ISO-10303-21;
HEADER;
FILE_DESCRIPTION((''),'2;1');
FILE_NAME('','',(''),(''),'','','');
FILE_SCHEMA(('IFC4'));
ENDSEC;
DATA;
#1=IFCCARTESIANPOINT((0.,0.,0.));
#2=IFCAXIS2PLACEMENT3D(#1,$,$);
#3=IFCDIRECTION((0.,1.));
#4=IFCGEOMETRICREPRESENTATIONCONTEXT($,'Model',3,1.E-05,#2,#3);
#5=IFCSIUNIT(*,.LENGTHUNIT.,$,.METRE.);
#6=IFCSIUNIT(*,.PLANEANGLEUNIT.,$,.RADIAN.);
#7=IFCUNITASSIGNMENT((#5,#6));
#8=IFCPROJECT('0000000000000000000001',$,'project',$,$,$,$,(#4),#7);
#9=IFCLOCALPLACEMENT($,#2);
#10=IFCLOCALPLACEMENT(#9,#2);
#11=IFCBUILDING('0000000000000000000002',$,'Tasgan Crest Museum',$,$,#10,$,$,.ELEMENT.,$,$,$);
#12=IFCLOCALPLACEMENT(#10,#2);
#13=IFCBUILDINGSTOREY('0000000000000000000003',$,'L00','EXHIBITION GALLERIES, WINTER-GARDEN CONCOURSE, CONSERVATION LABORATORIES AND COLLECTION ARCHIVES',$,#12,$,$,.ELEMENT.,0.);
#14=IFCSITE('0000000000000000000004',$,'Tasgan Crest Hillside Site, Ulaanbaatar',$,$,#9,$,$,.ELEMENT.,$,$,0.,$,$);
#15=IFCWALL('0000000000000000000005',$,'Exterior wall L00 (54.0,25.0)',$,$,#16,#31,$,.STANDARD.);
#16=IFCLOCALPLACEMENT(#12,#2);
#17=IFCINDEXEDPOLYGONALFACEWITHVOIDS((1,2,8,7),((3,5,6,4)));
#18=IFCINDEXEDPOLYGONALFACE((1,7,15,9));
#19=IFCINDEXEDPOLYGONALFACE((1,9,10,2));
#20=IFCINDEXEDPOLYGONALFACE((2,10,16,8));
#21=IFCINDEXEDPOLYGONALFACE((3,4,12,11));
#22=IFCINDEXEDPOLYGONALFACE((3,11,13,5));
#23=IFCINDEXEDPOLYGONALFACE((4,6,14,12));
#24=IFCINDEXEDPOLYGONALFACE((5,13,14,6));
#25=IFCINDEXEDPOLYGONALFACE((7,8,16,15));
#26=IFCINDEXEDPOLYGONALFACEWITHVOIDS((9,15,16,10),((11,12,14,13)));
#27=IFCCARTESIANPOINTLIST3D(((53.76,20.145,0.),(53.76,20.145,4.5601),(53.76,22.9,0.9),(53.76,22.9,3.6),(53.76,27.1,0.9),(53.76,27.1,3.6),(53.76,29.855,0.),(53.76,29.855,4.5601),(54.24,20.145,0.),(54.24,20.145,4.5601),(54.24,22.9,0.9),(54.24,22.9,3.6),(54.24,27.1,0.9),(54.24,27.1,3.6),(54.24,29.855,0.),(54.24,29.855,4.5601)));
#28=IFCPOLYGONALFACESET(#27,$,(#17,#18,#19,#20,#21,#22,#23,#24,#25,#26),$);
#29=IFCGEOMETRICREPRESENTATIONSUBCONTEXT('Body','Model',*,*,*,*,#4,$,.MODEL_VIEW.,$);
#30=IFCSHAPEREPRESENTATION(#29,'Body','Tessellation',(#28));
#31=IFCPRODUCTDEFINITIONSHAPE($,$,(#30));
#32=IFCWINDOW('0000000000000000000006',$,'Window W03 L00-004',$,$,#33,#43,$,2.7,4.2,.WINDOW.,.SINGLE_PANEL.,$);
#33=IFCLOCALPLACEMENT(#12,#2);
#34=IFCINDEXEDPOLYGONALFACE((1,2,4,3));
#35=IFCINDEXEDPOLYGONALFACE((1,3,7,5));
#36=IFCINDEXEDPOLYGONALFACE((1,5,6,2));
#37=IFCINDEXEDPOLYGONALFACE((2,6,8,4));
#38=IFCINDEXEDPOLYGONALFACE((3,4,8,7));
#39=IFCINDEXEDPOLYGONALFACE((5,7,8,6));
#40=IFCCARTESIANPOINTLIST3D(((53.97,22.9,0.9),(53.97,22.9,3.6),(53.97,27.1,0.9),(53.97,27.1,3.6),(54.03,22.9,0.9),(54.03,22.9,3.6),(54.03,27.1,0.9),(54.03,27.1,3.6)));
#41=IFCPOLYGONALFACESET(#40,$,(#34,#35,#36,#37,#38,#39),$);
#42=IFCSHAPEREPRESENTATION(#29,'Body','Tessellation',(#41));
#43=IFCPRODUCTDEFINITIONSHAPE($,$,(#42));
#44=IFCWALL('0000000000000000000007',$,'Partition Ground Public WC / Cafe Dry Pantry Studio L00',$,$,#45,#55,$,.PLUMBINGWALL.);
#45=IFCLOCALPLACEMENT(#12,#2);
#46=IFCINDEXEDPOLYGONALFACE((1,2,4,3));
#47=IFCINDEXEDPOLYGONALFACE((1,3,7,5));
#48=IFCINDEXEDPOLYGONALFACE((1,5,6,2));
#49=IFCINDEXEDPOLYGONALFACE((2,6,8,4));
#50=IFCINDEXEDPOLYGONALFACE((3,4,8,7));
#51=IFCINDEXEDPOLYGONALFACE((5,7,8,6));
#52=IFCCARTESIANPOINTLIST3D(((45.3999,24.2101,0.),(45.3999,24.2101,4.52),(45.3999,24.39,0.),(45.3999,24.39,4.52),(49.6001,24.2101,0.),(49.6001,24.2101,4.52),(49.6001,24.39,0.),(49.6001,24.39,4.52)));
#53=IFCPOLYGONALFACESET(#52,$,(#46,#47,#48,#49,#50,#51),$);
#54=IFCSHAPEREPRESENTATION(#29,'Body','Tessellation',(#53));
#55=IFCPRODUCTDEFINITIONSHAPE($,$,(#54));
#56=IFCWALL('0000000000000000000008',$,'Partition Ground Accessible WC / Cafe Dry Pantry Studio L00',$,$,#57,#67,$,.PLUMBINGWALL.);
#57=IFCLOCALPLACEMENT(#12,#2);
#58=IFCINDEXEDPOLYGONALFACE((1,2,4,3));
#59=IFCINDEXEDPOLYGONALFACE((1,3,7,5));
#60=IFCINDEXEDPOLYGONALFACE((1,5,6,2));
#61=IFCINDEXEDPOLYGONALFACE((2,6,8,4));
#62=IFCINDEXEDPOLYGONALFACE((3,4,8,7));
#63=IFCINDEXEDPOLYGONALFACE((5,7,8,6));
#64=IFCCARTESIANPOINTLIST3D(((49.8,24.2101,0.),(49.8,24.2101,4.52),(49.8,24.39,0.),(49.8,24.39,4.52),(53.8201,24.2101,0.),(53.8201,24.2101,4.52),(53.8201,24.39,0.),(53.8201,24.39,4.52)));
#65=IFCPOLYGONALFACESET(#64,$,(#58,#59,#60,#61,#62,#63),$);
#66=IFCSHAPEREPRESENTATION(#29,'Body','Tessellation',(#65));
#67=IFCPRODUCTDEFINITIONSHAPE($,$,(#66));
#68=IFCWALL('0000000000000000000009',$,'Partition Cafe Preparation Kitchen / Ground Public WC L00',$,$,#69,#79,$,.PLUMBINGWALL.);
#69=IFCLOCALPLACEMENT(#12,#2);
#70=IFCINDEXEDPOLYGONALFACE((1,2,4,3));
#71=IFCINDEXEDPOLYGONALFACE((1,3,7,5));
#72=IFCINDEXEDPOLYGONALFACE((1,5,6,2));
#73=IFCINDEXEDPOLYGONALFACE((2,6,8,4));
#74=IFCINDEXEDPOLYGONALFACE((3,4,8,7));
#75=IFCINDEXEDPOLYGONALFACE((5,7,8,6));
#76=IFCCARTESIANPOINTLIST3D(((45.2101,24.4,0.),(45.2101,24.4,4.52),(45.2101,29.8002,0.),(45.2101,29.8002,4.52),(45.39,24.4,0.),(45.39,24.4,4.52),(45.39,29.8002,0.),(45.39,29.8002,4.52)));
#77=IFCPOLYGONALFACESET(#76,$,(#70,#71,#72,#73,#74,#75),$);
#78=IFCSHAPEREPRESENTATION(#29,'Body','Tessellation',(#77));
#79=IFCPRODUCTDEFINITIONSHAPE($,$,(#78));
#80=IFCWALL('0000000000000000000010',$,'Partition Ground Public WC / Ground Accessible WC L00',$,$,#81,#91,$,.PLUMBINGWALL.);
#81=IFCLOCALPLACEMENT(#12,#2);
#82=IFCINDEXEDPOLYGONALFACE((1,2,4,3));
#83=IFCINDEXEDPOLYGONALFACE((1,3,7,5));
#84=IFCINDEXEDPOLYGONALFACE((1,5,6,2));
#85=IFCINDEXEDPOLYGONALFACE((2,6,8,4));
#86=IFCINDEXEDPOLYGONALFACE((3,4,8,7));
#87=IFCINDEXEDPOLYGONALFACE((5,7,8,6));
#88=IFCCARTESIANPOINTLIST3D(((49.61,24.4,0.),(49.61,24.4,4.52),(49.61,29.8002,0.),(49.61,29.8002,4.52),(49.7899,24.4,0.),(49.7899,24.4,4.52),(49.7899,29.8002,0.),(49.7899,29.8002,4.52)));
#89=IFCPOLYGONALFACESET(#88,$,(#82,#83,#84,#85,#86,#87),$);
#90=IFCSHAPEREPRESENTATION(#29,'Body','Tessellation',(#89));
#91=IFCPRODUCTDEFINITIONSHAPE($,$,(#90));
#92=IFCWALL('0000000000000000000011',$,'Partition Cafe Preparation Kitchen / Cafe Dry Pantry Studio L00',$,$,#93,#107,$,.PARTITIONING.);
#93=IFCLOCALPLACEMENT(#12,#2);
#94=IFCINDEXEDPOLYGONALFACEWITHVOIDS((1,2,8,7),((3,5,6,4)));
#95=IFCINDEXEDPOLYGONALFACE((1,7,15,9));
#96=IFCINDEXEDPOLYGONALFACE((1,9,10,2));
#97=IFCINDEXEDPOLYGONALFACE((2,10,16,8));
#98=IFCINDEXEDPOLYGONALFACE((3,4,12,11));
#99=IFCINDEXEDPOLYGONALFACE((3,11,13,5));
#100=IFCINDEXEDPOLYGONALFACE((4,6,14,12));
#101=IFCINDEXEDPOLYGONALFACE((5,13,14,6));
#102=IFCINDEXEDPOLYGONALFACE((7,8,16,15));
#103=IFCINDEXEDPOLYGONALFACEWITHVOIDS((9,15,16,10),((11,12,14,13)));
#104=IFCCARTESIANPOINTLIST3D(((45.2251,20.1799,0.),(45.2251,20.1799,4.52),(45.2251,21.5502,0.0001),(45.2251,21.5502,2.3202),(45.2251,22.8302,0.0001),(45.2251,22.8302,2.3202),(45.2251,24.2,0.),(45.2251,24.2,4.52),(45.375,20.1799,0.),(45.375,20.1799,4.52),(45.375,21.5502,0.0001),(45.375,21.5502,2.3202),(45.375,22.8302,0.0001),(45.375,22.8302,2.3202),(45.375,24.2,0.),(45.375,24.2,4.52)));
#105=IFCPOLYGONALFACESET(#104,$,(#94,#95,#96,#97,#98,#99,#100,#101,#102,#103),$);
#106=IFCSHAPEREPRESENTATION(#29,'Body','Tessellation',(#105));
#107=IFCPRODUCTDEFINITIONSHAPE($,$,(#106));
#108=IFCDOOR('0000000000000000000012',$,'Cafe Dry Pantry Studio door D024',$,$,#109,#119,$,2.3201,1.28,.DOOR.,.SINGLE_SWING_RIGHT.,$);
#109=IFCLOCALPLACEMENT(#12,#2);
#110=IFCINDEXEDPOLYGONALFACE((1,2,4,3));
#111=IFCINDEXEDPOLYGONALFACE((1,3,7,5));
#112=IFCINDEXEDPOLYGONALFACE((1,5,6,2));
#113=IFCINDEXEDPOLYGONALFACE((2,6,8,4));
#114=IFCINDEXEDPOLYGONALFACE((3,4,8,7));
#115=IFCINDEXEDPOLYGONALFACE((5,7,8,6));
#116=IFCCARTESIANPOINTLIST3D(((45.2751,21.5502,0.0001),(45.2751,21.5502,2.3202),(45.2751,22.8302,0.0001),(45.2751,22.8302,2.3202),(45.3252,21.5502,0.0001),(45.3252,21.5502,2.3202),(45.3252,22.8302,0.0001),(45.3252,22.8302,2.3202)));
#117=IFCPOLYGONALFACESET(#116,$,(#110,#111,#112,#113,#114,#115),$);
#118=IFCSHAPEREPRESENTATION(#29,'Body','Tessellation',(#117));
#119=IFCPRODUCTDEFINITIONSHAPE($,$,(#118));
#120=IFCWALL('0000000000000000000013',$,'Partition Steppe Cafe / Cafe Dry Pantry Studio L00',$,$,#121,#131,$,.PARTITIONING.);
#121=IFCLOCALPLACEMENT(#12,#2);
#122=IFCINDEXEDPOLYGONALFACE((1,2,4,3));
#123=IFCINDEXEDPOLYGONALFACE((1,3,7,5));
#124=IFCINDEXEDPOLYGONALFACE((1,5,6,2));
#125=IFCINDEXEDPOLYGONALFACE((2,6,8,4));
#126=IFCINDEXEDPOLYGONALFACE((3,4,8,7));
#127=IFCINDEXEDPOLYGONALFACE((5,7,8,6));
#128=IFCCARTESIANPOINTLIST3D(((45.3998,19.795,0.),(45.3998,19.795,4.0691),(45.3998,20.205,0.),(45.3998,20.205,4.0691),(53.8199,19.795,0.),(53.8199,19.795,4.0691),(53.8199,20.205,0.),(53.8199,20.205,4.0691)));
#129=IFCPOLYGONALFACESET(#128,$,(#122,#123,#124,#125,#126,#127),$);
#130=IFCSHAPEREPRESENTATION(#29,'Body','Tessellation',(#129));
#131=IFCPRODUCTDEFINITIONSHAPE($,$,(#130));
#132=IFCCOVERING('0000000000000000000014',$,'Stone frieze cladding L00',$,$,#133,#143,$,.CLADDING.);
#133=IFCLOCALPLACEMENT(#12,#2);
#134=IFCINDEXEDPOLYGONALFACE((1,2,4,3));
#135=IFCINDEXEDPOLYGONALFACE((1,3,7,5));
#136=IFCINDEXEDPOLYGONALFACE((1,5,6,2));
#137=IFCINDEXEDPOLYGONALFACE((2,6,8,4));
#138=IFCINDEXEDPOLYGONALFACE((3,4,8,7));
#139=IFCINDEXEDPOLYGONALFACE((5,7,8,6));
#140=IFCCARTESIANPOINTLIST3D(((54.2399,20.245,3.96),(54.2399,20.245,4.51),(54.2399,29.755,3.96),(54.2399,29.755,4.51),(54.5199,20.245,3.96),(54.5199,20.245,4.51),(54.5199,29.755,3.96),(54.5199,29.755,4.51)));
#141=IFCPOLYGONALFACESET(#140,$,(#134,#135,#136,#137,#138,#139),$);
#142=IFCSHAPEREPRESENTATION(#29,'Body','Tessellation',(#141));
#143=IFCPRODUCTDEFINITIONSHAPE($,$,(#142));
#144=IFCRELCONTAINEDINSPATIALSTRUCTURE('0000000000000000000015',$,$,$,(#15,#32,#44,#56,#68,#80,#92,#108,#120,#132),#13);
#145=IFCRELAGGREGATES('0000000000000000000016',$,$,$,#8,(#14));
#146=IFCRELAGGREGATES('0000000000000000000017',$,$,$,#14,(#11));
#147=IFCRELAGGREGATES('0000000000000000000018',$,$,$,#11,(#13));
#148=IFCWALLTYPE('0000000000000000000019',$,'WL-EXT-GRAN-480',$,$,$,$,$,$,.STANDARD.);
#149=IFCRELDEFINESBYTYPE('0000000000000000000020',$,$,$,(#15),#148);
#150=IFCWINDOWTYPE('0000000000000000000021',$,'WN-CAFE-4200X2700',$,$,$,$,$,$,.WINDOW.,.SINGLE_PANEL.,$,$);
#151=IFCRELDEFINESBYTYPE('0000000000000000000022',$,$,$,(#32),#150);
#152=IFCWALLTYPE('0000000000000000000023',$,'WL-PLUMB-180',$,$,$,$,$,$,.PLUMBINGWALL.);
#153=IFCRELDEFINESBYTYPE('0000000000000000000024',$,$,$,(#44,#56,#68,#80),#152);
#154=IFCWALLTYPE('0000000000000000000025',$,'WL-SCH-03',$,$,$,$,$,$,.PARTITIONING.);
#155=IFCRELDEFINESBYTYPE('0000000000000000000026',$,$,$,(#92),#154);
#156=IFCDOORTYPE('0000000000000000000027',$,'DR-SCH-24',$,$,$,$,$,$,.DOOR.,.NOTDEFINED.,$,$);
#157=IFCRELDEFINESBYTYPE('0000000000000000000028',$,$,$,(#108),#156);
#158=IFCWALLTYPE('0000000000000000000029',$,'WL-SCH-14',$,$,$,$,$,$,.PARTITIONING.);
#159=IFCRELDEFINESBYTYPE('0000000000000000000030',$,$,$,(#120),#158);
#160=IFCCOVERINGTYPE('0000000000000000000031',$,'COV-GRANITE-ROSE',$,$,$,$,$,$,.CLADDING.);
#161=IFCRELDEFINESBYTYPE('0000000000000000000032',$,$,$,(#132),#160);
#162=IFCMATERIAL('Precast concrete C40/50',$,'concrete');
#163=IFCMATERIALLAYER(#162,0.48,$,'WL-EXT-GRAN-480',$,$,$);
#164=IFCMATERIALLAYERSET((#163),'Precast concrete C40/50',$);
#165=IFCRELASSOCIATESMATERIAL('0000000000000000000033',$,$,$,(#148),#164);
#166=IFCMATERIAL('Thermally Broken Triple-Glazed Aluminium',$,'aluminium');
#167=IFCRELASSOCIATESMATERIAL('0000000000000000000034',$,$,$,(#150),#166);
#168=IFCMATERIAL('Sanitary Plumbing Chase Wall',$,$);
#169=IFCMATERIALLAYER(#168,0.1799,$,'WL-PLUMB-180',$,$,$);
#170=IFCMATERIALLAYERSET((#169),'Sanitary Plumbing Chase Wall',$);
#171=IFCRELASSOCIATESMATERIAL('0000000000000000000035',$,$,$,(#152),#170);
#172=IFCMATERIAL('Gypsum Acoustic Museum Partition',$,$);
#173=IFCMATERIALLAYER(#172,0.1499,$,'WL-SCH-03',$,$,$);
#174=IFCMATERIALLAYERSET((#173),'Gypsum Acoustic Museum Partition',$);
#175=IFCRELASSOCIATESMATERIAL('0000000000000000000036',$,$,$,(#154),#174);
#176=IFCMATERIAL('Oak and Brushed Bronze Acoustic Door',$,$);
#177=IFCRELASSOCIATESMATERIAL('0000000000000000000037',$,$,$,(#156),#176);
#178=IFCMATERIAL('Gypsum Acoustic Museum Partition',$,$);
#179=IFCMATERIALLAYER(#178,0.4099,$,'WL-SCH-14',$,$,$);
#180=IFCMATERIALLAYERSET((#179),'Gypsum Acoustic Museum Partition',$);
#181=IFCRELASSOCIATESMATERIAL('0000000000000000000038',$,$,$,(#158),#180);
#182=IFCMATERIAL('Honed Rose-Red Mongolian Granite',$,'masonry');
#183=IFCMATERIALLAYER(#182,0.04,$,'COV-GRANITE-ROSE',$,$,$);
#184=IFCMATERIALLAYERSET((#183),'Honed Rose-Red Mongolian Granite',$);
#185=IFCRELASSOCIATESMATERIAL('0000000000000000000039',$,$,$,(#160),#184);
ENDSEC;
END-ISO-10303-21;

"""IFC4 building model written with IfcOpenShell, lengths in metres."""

from ifc_helpers import new_model, si_unit, direction, frame, frame_2d, origin, origin_2d, place, context, subcontext, project, spatial, rectangle, extrude, material, layer, layer_set, type_object, element, fill, save


model = new_model("IFC4")

# Units and contexts
model_context = context("Model", 3, precision=1e-05, world=origin(), true_north=direction((0.0, 1.0)))
body_context = subcontext(model_context, "Body", "Model", "MODEL_VIEW")
ifc_project = project(units=[si_unit("LENGTHUNIT", "METRE"), si_unit("PLANEANGLEUNIT", "RADIAN")], contexts=[model_context])

# Site, building, storey
site_placement = place(None, origin())
site = spatial("IfcSite", under=ifc_project, at=site_placement, Name="Tasgan Crest Hillside Site, Ulaanbaatar", CompositionType="ELEMENT", RefElevation=0.0)
building_placement = place(site_placement, origin())
building = spatial("IfcBuilding", under=site, at=building_placement, Name="Tasgan Crest Museum", CompositionType="ELEMENT")
storey_placement = place(building_placement, origin())
storey = spatial("IfcBuildingStorey", under=building, at=storey_placement, Name="L00", Description="EXHIBITION GALLERIES, WINTER-GARDEN CONCOURSE, CONSERVATION LABORATORIES AND COLLECTION ARCHIVES", CompositionType="ELEMENT", Elevation=0.0)

# Wall, opening, window
ifc_material_1 = material(Name="Precast concrete C40/50", Category="concrete")
ifc_layer_1 = layer(ifc_material_1, 0.48, Name="WL-EXT-GRAN-480")
ifc_layer_set_1 = layer_set([ifc_layer_1], Name="Precast concrete C40/50")
wall_type_1 = type_object("IfcWallType", Name="WL-EXT-GRAN-480", PredefinedType="STANDARD", material=ifc_layer_set_1)
wall_1_placement = place(storey_placement, frame((54.0, 20.145, 0.0), z_axis=(0.0, 0.0, 1.0), x_axis=(0.0, 1.0, 0.0)))
wall_1 = element("IfcWall", 1, at=wall_1_placement, inside=storey, type_object=wall_type_1, Name="Exterior wall L00 (54.0,25.0)", PredefinedType="STANDARD", context=body_context, shape_type="SweptSolid", body=[
    extrude(rectangle(XDim=9.71, YDim=0.48, at=frame_2d((4.855, 0.0))), origin(), (0.0, 0.0, 1.0), 4.5601),
])
opening_1_placement = place(wall_1_placement, frame((2.7549, 0.0, 0.8999)))
opening_1 = element("IfcOpeningElement", 2, at=opening_1_placement, cuts=wall_1, PredefinedType="OPENING", context=body_context, shape_type="SweptSolid", body=[
    extrude(rectangle(XDim=4.2, YDim=2.7, at=frame_2d((2.1001, 1.3501))), frame((0.0, 0.25, 0.0), z_axis=(0.0, -1.0, 0.0), x_axis=(1.0, 0.0, 0.0)), (0.0, 0.0, 1.0), 0.5),
])
ifc_material_2 = material(Name="Thermally Broken Triple-Glazed Aluminium", Category="aluminium")
window_type = type_object("IfcWindowType", Name="WN-CAFE-4200X2700", PartitioningType="SINGLE_PANEL", PredefinedType="WINDOW", material=ifc_material_2)
window_placement = place(opening_1_placement, origin())
window = element("IfcWindow", 3, at=window_placement, inside=storey, type_object=window_type, Name="Window W03 L00-004", OverallHeight=2.7, OverallWidth=4.2, PartitioningType="SINGLE_PANEL", PredefinedType="WINDOW", context=body_context, shape_type="SweptSolid", body=[
    extrude(rectangle(XDim=4.2, YDim=2.7, at=frame_2d((2.1001, 1.3501))), frame((0.0, 0.03, 0.0), z_axis=(0.0, -1.0, 0.0), x_axis=(1.0, 0.0, 0.0)), (0.0, 0.0, 1.0), 0.0601),
])
fill(opening_1, window)

# Walls
ifc_material_3 = material(Name="Sanitary Plumbing Chase Wall")
ifc_layer_2 = layer(ifc_material_3, 0.1799, Name="WL-PLUMB-180")
ifc_layer_set_2 = layer_set([ifc_layer_2], Name="Sanitary Plumbing Chase Wall")
wall_type_2 = type_object("IfcWallType", Name="WL-PLUMB-180", PredefinedType="PLUMBINGWALL", material=ifc_layer_set_2)
wall_2_placement = place(storey_placement, frame((45.3999, 24.3, 0.0), z_axis=(0.0, 0.0, 1.0), x_axis=(1.0, 0.0, 0.0)))
element("IfcWall", 4, at=wall_2_placement, inside=storey, type_object=wall_type_2, Name="Partition Ground Public WC / Cafe Dry Pantry Studio L00", PredefinedType="PLUMBINGWALL", context=body_context, shape_type="SweptSolid", body=[
    extrude(rectangle(XDim=4.2002, YDim=0.1799, at=frame_2d((2.1001, 0.0))), origin(), (0.0, 0.0, 1.0), 4.52),
])
wall_3_placement = place(storey_placement, frame((49.8, 24.3, 0.0), z_axis=(0.0, 0.0, 1.0), x_axis=(1.0, 0.0, 0.0)))
element("IfcWall", 5, at=wall_3_placement, inside=storey, type_object=wall_type_2, Name="Partition Ground Accessible WC / Cafe Dry Pantry Studio L00", PredefinedType="PLUMBINGWALL", context=body_context, shape_type="SweptSolid", body=[
    extrude(rectangle(XDim=4.02, YDim=0.1799, at=frame_2d((2.01, 0.0))), origin(), (0.0, 0.0, 1.0), 4.52),
])
for number, where, z_axis, x_axis, name in (
    (6, (45.3, 24.3999, 0.0), (0.0, 0.0, 1.0), (0.0, 1.0, 0.0), "Partition Cafe Preparation Kitchen / Ground Public WC L00"),
    (7, (49.7, 24.3999, 0.0), (0.0, 0.0, 1.0), (0.0, 1.0, 0.0), "Partition Ground Public WC / Ground Accessible WC L00"),
):
    element("IfcWall", number, at=place(storey_placement, frame(where, z_axis=z_axis, x_axis=x_axis)), inside=storey, type_object=wall_type_2, Name=name, PredefinedType="PLUMBINGWALL", context=body_context, shape_type="SweptSolid", body=[
        extrude(rectangle(XDim=5.4001, YDim=0.1799, at=frame_2d((2.7002, 0.0))), origin(), (0.0, 0.0, 1.0), 4.52),
    ])

# Wall, opening, door
ifc_material_4 = material(Name="Gypsum Acoustic Museum Partition")
ifc_layer_3 = layer(ifc_material_4, 0.1499, Name="WL-SCH-03")
ifc_layer_set_3 = layer_set([ifc_layer_3], Name="Gypsum Acoustic Museum Partition")
wall_type_3 = type_object("IfcWallType", Name="WL-SCH-03", PredefinedType="PARTITIONING", material=ifc_layer_set_3)
wall_4_placement = place(storey_placement, frame((45.3, 20.1799, 0.0), z_axis=(0.0, 0.0, 1.0), x_axis=(0.0, 1.0, 0.0)))
wall_4 = element("IfcWall", 8, at=wall_4_placement, inside=storey, type_object=wall_type_3, Name="Partition Cafe Preparation Kitchen / Cafe Dry Pantry Studio L00", PredefinedType="PARTITIONING", context=body_context, shape_type="SweptSolid", body=[
    extrude(rectangle(XDim=4.02, YDim=0.1499, at=frame_2d((2.01, 0.0))), origin(), (0.0, 0.0, 1.0), 4.52),
])
opening_2_placement = place(wall_4_placement, frame((1.3701, 0.0, 0.0)))
opening_2 = element("IfcOpeningElement", 9, at=opening_2_placement, cuts=wall_4, PredefinedType="OPENING", context=body_context, shape_type="SweptSolid", body=[
    extrude(rectangle(XDim=1.28, YDim=2.3201, at=frame_2d((0.6401, 1.1602))), frame((0.0, 0.085, 0.0), z_axis=(0.0, -1.0, 0.0), x_axis=(1.0, 0.0, 0.0)), (0.0, 0.0, 1.0), 0.1699),
])
ifc_material_5 = material(Name="Oak and Brushed Bronze Acoustic Door")
door_type = type_object("IfcDoorType", Name="DR-SCH-24", OperationType="NOTDEFINED", PredefinedType="DOOR", material=ifc_material_5)
door_placement = place(opening_2_placement, origin())
door = element("IfcDoor", 10, at=door_placement, inside=storey, type_object=door_type, Name="Cafe Dry Pantry Studio door D024", OperationType="SINGLE_SWING_RIGHT", OverallHeight=2.3201, OverallWidth=1.28, PredefinedType="DOOR", context=body_context, shape_type="SweptSolid", body=[
    extrude(rectangle(XDim=1.28, YDim=2.3201, at=frame_2d((0.6401, 1.1602))), frame((0.0, 0.0249, 0.0), z_axis=(0.0, -1.0, 0.0), x_axis=(1.0, 0.0, 0.0)), (0.0, 0.0, 1.0), 0.05),
])
fill(opening_2, door)

# Wall
ifc_material_6 = material(Name="Gypsum Acoustic Museum Partition")
ifc_layer_4 = layer(ifc_material_6, 0.4099, Name="WL-SCH-14")
ifc_layer_set_4 = layer_set([ifc_layer_4], Name="Gypsum Acoustic Museum Partition")
wall_type_4 = type_object("IfcWallType", Name="WL-SCH-14", PredefinedType="PARTITIONING", material=ifc_layer_set_4)
wall_5_placement = place(storey_placement, frame((45.3999, 20.0, 0.0), z_axis=(0.0, 0.0, 1.0), x_axis=(1.0, 0.0, 0.0)))
element("IfcWall", 11, at=wall_5_placement, inside=storey, type_object=wall_type_4, Name="Partition Steppe Cafe / Cafe Dry Pantry Studio L00", PredefinedType="PARTITIONING", context=body_context, shape_type="SweptSolid", body=[
    extrude(rectangle(XDim=8.4202, YDim=0.4099, at=frame_2d((4.21, 0.0))), origin(), (0.0, 0.0, 1.0), 4.0691),
])

# Covering
ifc_material_7 = material(Name="Honed Rose-Red Mongolian Granite", Category="masonry")
ifc_layer_5 = layer(ifc_material_7, 0.04, Name="COV-GRANITE-ROSE")
ifc_layer_set_5 = layer_set([ifc_layer_5], Name="Honed Rose-Red Mongolian Granite")
covering_type = type_object("IfcCoveringType", Name="COV-GRANITE-ROSE", PredefinedType="CLADDING", material=ifc_layer_set_5)
covering_placement = place(storey_placement, frame((54.3799, 25.0, 3.96), z_axis=(0.0, 0.0, 1.0), x_axis=(0.0, 1.0, 0.0)))
element("IfcCovering", 12, at=covering_placement, inside=storey, type_object=covering_type, Name="Stone frieze cladding L00", PredefinedType="CLADDING", context=body_context, shape_type="SweptSolid", body=[
    extrude(rectangle(XDim=9.51, YDim=0.28, at=origin_2d()), origin(), (0.0, 0.0, 1.0), 0.55),
])

save(model, "model.ifc")
